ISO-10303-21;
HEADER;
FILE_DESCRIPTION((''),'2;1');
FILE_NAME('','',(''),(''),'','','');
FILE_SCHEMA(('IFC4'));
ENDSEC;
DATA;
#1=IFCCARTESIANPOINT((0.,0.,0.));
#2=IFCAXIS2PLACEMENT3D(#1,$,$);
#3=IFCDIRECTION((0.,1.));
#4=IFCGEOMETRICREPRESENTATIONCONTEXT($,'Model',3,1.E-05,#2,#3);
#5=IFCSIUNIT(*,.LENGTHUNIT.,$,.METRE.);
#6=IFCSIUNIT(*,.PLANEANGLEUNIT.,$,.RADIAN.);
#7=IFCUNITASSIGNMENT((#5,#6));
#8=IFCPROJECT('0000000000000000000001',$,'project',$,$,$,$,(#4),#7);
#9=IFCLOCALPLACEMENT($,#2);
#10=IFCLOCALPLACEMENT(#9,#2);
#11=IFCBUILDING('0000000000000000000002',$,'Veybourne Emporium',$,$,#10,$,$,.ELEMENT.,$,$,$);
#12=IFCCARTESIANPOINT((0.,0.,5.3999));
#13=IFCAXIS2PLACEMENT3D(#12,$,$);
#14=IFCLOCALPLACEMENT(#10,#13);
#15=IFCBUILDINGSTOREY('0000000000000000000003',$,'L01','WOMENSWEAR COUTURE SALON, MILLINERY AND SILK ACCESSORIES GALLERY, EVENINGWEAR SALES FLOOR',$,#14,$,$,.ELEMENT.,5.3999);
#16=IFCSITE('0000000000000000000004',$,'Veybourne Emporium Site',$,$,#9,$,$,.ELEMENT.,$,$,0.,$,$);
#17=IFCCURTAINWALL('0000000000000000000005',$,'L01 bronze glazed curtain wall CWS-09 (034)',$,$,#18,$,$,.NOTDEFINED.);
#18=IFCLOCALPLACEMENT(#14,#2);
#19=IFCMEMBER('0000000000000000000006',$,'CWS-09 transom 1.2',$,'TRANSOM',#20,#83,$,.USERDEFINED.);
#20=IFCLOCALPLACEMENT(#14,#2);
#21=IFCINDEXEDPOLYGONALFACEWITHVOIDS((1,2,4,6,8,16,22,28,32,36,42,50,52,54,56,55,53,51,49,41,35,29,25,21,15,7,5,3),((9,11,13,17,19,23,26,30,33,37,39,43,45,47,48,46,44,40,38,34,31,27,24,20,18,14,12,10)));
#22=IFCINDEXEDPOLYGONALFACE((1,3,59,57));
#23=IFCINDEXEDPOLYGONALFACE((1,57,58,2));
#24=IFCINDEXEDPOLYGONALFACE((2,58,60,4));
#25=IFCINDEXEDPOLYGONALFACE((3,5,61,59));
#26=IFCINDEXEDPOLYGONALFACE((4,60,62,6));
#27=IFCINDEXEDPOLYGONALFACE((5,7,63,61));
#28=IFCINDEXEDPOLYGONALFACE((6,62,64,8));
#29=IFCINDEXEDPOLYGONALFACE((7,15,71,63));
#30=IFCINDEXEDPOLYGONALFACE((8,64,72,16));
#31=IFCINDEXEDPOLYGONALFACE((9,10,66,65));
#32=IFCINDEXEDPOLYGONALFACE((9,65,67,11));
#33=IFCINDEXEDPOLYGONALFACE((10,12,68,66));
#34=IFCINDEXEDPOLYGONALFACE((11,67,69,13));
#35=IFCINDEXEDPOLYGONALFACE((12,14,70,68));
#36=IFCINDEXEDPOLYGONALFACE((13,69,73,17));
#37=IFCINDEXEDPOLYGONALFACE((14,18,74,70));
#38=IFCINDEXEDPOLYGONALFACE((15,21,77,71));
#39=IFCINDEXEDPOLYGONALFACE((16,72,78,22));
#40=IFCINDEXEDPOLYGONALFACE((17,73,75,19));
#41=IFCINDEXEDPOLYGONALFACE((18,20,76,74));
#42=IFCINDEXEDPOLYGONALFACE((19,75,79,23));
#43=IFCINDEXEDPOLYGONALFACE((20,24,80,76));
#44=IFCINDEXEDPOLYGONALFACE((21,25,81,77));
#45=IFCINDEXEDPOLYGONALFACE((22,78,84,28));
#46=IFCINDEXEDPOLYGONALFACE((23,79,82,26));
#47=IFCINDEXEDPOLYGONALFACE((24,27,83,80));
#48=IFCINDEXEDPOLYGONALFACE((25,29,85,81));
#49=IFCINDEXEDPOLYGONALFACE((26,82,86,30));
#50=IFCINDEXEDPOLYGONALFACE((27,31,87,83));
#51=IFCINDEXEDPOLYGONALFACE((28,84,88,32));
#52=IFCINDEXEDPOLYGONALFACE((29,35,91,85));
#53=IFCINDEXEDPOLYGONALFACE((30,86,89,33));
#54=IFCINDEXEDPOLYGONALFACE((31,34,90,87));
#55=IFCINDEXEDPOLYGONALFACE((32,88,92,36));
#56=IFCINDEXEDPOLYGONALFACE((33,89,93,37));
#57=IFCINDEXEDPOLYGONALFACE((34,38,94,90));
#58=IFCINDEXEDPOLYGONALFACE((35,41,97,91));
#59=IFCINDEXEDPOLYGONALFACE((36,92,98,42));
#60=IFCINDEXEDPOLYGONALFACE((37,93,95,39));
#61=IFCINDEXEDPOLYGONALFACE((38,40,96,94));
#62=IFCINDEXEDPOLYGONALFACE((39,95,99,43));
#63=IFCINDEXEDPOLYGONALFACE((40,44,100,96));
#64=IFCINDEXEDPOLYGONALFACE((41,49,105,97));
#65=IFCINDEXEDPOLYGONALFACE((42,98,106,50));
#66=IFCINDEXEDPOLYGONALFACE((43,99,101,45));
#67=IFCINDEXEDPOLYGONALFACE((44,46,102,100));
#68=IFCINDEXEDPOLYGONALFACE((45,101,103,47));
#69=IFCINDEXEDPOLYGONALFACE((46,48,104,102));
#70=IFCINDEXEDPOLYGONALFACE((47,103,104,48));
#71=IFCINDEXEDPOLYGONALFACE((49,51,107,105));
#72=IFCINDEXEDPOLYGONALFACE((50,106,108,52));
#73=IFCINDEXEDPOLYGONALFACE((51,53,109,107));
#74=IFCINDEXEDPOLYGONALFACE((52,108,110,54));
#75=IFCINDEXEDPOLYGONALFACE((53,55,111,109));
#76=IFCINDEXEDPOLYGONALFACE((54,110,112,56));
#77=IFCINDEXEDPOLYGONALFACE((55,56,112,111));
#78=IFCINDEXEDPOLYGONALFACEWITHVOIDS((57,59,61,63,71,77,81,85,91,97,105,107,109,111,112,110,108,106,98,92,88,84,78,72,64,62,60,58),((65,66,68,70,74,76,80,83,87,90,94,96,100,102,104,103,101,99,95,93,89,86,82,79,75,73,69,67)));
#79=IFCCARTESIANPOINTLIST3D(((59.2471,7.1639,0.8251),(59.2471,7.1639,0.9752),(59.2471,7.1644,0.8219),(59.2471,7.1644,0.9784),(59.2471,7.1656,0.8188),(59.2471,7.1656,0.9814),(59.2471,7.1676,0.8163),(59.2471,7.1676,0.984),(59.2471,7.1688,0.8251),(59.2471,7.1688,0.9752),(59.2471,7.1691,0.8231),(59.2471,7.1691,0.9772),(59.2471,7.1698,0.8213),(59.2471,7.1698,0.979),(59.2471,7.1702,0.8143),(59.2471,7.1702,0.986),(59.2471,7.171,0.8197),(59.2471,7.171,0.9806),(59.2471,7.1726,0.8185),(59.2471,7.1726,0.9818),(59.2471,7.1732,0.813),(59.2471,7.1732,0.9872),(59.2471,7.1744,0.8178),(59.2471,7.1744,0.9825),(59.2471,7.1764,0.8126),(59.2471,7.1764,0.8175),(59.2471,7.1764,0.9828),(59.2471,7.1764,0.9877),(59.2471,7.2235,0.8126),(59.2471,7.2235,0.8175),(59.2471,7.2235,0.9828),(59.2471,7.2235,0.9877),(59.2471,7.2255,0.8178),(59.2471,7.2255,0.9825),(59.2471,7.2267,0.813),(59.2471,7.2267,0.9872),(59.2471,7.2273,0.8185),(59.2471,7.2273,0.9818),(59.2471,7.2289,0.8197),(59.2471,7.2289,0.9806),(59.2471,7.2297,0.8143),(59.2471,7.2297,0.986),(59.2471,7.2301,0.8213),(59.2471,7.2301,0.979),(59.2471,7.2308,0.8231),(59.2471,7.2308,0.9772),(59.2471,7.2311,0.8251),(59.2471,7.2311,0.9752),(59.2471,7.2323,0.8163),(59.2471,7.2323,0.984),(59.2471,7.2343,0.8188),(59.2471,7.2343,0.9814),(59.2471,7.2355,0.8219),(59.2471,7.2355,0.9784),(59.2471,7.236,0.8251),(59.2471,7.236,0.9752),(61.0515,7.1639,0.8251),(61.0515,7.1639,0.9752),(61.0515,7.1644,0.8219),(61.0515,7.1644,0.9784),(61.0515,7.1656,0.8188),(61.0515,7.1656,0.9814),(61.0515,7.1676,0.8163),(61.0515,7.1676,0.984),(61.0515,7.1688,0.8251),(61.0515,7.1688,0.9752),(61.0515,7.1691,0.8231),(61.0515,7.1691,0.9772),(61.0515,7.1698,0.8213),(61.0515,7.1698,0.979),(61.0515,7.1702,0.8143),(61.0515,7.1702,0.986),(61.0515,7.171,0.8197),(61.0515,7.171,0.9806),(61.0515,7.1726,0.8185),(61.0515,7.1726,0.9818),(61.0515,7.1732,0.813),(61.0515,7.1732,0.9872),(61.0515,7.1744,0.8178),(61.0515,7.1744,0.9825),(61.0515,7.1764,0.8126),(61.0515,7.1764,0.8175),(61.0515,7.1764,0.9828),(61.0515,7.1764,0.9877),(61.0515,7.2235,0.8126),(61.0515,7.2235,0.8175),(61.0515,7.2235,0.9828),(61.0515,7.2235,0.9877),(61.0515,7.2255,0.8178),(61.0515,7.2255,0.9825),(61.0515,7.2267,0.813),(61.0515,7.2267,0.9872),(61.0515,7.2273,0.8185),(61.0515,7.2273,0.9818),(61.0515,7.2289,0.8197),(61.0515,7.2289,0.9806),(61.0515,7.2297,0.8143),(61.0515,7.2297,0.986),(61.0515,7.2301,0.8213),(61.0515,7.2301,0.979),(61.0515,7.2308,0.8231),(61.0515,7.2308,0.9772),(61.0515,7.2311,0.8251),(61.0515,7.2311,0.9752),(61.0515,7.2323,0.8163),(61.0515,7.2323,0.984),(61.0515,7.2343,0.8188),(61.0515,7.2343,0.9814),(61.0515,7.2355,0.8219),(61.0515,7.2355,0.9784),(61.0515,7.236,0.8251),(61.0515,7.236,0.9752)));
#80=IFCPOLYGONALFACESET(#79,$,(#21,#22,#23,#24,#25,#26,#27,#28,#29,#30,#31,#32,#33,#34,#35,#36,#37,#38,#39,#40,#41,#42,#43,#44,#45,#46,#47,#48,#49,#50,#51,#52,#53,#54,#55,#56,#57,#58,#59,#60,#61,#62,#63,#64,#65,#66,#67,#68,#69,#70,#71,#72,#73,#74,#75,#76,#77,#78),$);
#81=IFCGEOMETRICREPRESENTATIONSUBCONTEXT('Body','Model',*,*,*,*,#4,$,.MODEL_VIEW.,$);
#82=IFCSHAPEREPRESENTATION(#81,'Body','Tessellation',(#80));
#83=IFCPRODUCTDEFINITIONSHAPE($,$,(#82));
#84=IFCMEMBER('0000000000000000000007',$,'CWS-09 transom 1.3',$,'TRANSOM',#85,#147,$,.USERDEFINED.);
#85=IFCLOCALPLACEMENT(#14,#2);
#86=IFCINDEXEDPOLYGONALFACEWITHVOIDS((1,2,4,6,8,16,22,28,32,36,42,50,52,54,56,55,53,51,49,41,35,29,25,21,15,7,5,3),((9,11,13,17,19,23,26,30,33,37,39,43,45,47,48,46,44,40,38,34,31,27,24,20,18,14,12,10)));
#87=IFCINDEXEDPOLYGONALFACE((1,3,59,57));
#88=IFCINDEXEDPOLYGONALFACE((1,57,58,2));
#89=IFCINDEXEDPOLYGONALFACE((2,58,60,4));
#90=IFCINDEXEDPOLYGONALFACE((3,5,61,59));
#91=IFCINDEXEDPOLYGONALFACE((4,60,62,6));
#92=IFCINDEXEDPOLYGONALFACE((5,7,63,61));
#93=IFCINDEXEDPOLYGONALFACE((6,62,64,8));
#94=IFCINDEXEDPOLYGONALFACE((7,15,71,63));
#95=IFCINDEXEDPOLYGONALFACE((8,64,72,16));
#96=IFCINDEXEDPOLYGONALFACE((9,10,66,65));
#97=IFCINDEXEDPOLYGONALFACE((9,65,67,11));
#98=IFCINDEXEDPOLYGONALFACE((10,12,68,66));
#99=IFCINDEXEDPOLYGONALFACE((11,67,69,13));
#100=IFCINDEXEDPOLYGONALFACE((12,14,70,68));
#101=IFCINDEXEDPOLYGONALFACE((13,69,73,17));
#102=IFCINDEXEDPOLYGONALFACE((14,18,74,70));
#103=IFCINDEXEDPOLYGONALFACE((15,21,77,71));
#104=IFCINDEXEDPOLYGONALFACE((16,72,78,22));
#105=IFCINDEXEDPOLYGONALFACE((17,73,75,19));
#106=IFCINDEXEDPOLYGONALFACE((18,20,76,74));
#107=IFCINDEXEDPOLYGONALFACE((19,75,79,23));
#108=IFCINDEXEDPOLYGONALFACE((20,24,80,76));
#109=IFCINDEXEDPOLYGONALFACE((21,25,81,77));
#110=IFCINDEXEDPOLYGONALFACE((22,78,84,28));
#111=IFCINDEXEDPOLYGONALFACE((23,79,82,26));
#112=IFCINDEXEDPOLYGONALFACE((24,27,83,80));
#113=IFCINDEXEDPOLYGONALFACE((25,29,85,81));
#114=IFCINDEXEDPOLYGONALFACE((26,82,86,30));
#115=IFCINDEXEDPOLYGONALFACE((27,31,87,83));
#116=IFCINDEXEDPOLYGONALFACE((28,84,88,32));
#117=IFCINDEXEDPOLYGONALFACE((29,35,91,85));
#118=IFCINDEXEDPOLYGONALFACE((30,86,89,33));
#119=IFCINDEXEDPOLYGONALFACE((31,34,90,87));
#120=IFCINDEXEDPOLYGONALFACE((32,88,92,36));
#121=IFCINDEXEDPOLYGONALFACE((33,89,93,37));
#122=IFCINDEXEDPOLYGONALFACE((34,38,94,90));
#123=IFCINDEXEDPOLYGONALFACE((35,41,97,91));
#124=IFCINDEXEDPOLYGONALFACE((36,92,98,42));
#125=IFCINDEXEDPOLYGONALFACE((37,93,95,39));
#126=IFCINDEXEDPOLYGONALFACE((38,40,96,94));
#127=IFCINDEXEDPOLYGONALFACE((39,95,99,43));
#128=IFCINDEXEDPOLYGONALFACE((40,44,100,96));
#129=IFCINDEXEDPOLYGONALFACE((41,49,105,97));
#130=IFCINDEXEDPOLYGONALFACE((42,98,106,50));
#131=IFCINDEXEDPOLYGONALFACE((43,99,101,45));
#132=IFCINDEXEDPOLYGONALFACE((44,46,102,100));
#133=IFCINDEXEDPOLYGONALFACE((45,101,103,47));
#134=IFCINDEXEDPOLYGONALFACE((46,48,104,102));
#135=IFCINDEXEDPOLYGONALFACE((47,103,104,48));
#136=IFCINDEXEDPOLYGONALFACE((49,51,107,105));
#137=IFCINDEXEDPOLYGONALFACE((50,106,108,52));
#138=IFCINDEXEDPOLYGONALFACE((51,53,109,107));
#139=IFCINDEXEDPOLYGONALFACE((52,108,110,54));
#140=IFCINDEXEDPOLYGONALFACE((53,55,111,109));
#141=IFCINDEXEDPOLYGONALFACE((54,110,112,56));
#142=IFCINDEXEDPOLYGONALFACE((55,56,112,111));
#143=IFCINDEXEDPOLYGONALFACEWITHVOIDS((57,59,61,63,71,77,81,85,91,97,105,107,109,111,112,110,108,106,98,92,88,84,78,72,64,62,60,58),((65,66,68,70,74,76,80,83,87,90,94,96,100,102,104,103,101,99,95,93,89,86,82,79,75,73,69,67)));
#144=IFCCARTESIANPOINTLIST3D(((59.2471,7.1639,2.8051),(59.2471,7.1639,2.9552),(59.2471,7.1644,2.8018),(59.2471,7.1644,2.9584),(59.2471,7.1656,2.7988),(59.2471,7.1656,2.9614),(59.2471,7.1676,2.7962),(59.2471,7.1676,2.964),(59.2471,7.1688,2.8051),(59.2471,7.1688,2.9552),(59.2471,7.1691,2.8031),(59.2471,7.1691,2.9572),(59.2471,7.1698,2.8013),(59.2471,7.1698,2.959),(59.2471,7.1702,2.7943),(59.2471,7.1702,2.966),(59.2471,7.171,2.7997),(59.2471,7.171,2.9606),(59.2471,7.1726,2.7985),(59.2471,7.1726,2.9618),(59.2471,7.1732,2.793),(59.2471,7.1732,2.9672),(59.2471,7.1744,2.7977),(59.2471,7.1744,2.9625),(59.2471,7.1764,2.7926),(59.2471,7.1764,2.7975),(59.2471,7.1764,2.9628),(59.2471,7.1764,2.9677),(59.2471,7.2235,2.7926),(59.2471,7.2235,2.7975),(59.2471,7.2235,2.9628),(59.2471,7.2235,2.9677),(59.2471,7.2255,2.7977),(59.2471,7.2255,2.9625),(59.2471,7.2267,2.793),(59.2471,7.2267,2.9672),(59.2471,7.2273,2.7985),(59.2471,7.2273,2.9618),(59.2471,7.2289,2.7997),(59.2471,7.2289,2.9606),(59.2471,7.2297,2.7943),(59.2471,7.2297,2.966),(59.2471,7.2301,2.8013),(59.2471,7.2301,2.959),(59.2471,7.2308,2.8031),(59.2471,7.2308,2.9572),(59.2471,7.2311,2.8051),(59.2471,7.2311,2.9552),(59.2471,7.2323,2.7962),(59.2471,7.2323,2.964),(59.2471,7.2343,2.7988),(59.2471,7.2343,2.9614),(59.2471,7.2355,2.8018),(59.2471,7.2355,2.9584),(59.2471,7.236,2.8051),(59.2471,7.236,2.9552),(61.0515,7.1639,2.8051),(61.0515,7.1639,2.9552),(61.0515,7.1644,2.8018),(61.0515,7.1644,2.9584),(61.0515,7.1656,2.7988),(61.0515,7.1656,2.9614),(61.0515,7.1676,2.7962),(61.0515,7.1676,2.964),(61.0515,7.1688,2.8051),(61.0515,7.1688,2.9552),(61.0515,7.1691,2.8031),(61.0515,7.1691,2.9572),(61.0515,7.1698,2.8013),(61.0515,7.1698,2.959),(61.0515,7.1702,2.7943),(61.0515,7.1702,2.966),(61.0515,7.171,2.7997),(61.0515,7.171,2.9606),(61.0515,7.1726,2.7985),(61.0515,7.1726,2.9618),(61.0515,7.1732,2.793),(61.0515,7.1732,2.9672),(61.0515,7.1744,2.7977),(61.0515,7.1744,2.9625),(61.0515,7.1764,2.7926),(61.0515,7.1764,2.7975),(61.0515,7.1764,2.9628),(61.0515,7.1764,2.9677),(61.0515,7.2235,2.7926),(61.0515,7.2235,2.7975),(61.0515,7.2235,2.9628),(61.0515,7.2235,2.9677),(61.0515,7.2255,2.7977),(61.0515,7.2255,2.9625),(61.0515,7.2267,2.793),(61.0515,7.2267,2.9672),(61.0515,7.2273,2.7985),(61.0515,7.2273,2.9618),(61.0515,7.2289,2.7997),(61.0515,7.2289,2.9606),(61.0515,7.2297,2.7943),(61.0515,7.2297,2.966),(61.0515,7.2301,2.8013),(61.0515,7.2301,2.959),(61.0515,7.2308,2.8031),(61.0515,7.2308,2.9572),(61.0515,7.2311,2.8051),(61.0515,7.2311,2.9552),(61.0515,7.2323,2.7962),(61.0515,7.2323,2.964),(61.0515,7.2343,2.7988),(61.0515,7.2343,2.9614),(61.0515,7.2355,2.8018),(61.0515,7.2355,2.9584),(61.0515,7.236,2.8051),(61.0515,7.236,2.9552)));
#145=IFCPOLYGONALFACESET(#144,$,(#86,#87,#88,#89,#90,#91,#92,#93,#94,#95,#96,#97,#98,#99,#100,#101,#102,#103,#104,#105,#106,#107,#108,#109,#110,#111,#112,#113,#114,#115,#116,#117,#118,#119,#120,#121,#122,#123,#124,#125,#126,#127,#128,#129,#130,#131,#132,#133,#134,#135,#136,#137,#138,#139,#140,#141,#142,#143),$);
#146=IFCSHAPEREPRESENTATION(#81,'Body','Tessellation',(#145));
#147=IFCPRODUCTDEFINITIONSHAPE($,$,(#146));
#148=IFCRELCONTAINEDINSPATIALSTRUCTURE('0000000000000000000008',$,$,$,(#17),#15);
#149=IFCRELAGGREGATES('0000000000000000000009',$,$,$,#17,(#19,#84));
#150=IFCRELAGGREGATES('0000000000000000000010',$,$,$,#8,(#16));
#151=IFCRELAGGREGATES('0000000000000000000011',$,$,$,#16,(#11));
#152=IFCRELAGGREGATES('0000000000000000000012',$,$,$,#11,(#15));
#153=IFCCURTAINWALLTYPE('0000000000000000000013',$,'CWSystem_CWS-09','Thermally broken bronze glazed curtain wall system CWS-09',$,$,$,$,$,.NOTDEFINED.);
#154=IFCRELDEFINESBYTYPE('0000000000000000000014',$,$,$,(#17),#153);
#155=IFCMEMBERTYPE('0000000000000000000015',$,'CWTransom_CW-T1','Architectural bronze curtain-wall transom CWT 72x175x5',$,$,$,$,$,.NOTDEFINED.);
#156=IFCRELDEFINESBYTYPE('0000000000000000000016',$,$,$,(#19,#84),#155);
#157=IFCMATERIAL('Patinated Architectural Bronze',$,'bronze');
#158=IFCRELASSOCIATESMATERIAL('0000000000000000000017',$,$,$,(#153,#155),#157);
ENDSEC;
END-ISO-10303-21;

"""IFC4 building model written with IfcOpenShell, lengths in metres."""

from ifc_helpers import new_model, si_unit, direction, frame, origin, origin_2d, place, context, subcontext, project, spatial, hollow_rectangle, extrude, material, material_profile, profile_set, type_object, element, aggregate, save


model = new_model("IFC4")

# Units and contexts
model_context = context("Model", 3, precision=1e-05, world=origin(), true_north=direction((0.0, 1.0)))
body_context = subcontext(model_context, "Body", "Model", "MODEL_VIEW")
ifc_project = project(units=[si_unit("LENGTHUNIT", "METRE"), si_unit("PLANEANGLEUNIT", "RADIAN")], contexts=[model_context])

# Site, building, storey
site_placement = place(None, origin())
site = spatial("IfcSite", under=ifc_project, at=site_placement, Name="Veybourne Emporium Site", CompositionType="ELEMENT", RefElevation=0.0)
building_placement = place(site_placement, origin())
building = spatial("IfcBuilding", under=site, at=building_placement, Name="Veybourne Emporium", CompositionType="ELEMENT")
storey_placement = place(building_placement, frame((0.0, 0.0, 5.3999)))
storey = spatial("IfcBuildingStorey", under=building, at=storey_placement, Name="L01", Description="WOMENSWEAR COUTURE SALON, MILLINERY AND SILK ACCESSORIES GALLERY, EVENINGWEAR SALES FLOOR", CompositionType="ELEMENT", Elevation=5.3999)

# Curtain wall
ifc_material_1 = material(Name="Patinated Architectural Bronze", Category="bronze")
curtain_wall_type_1 = type_object("IfcCurtainWallType", Name="CWSystem_CWS-09", Description="Thermally broken bronze glazed curtain wall system CWS-09", PredefinedType="NOTDEFINED", material=ifc_material_1)
curtain_wall_1_placement = place(storey_placement, origin())
curtain_wall_1 = element("IfcCurtainWall", 1, at=curtain_wall_1_placement, inside=storey, type_object=curtain_wall_type_1, Name="L01 bronze glazed curtain wall CWS-09 (034)", PredefinedType="NOTDEFINED")

# Members
ifc_material_profile_1 = material_profile(ifc_material_1, hollow_rectangle(XDim=0.072, YDim=0.175, WallThickness=0.0049, InnerFilletRadius=0.0076, OuterFilletRadius=0.0125, at=origin_2d()), Name="CWT 72x175x5")
ifc_profile_set_1 = profile_set([ifc_material_profile_1], Name="Patinated Architectural Bronze")
member_type_1 = type_object("IfcMemberType", Name="CWTransom_CW-T1", Description="Architectural bronze curtain-wall transom CWT 72x175x5", PredefinedType="NOTDEFINED", material=ifc_profile_set_1)
member_1_placement = place(storey_placement, frame((59.2471, 7.2, 0.9001), z_axis=(1.0, 0.0, 0.0), x_axis=(0.0, 1.0, 0.0)))
member_1 = element("IfcMember", 2, at=member_1_placement, type_object=member_type_1, Name="CWS-09 transom 1.2", ObjectType="TRANSOM", PredefinedType="USERDEFINED", context=body_context, shape_type="SweptSolid", body=[
    extrude(hollow_rectangle(XDim=0.072, YDim=0.175, WallThickness=0.0049, InnerFilletRadius=0.0076, OuterFilletRadius=0.0125, at=origin_2d()), origin(), (0.0, 0.0, 1.0), 1.8044),
])
member_2_placement = place(storey_placement, frame((59.2471, 7.2, 2.8801), z_axis=(1.0, 0.0, 0.0), x_axis=(0.0, 1.0, 0.0)))
member_2 = element("IfcMember", 3, at=member_2_placement, type_object=member_type_1, Name="CWS-09 transom 1.3", ObjectType="TRANSOM", PredefinedType="USERDEFINED", context=body_context, shape_type="SweptSolid", body=[
    extrude(hollow_rectangle(XDim=0.072, YDim=0.175, WallThickness=0.0049, InnerFilletRadius=0.0076, OuterFilletRadius=0.0125, at=origin_2d()), origin(), (0.0, 0.0, 1.0), 1.8044),
])
aggregate(curtain_wall_1, [member_1, member_2])

save(model, "model.ifc")
